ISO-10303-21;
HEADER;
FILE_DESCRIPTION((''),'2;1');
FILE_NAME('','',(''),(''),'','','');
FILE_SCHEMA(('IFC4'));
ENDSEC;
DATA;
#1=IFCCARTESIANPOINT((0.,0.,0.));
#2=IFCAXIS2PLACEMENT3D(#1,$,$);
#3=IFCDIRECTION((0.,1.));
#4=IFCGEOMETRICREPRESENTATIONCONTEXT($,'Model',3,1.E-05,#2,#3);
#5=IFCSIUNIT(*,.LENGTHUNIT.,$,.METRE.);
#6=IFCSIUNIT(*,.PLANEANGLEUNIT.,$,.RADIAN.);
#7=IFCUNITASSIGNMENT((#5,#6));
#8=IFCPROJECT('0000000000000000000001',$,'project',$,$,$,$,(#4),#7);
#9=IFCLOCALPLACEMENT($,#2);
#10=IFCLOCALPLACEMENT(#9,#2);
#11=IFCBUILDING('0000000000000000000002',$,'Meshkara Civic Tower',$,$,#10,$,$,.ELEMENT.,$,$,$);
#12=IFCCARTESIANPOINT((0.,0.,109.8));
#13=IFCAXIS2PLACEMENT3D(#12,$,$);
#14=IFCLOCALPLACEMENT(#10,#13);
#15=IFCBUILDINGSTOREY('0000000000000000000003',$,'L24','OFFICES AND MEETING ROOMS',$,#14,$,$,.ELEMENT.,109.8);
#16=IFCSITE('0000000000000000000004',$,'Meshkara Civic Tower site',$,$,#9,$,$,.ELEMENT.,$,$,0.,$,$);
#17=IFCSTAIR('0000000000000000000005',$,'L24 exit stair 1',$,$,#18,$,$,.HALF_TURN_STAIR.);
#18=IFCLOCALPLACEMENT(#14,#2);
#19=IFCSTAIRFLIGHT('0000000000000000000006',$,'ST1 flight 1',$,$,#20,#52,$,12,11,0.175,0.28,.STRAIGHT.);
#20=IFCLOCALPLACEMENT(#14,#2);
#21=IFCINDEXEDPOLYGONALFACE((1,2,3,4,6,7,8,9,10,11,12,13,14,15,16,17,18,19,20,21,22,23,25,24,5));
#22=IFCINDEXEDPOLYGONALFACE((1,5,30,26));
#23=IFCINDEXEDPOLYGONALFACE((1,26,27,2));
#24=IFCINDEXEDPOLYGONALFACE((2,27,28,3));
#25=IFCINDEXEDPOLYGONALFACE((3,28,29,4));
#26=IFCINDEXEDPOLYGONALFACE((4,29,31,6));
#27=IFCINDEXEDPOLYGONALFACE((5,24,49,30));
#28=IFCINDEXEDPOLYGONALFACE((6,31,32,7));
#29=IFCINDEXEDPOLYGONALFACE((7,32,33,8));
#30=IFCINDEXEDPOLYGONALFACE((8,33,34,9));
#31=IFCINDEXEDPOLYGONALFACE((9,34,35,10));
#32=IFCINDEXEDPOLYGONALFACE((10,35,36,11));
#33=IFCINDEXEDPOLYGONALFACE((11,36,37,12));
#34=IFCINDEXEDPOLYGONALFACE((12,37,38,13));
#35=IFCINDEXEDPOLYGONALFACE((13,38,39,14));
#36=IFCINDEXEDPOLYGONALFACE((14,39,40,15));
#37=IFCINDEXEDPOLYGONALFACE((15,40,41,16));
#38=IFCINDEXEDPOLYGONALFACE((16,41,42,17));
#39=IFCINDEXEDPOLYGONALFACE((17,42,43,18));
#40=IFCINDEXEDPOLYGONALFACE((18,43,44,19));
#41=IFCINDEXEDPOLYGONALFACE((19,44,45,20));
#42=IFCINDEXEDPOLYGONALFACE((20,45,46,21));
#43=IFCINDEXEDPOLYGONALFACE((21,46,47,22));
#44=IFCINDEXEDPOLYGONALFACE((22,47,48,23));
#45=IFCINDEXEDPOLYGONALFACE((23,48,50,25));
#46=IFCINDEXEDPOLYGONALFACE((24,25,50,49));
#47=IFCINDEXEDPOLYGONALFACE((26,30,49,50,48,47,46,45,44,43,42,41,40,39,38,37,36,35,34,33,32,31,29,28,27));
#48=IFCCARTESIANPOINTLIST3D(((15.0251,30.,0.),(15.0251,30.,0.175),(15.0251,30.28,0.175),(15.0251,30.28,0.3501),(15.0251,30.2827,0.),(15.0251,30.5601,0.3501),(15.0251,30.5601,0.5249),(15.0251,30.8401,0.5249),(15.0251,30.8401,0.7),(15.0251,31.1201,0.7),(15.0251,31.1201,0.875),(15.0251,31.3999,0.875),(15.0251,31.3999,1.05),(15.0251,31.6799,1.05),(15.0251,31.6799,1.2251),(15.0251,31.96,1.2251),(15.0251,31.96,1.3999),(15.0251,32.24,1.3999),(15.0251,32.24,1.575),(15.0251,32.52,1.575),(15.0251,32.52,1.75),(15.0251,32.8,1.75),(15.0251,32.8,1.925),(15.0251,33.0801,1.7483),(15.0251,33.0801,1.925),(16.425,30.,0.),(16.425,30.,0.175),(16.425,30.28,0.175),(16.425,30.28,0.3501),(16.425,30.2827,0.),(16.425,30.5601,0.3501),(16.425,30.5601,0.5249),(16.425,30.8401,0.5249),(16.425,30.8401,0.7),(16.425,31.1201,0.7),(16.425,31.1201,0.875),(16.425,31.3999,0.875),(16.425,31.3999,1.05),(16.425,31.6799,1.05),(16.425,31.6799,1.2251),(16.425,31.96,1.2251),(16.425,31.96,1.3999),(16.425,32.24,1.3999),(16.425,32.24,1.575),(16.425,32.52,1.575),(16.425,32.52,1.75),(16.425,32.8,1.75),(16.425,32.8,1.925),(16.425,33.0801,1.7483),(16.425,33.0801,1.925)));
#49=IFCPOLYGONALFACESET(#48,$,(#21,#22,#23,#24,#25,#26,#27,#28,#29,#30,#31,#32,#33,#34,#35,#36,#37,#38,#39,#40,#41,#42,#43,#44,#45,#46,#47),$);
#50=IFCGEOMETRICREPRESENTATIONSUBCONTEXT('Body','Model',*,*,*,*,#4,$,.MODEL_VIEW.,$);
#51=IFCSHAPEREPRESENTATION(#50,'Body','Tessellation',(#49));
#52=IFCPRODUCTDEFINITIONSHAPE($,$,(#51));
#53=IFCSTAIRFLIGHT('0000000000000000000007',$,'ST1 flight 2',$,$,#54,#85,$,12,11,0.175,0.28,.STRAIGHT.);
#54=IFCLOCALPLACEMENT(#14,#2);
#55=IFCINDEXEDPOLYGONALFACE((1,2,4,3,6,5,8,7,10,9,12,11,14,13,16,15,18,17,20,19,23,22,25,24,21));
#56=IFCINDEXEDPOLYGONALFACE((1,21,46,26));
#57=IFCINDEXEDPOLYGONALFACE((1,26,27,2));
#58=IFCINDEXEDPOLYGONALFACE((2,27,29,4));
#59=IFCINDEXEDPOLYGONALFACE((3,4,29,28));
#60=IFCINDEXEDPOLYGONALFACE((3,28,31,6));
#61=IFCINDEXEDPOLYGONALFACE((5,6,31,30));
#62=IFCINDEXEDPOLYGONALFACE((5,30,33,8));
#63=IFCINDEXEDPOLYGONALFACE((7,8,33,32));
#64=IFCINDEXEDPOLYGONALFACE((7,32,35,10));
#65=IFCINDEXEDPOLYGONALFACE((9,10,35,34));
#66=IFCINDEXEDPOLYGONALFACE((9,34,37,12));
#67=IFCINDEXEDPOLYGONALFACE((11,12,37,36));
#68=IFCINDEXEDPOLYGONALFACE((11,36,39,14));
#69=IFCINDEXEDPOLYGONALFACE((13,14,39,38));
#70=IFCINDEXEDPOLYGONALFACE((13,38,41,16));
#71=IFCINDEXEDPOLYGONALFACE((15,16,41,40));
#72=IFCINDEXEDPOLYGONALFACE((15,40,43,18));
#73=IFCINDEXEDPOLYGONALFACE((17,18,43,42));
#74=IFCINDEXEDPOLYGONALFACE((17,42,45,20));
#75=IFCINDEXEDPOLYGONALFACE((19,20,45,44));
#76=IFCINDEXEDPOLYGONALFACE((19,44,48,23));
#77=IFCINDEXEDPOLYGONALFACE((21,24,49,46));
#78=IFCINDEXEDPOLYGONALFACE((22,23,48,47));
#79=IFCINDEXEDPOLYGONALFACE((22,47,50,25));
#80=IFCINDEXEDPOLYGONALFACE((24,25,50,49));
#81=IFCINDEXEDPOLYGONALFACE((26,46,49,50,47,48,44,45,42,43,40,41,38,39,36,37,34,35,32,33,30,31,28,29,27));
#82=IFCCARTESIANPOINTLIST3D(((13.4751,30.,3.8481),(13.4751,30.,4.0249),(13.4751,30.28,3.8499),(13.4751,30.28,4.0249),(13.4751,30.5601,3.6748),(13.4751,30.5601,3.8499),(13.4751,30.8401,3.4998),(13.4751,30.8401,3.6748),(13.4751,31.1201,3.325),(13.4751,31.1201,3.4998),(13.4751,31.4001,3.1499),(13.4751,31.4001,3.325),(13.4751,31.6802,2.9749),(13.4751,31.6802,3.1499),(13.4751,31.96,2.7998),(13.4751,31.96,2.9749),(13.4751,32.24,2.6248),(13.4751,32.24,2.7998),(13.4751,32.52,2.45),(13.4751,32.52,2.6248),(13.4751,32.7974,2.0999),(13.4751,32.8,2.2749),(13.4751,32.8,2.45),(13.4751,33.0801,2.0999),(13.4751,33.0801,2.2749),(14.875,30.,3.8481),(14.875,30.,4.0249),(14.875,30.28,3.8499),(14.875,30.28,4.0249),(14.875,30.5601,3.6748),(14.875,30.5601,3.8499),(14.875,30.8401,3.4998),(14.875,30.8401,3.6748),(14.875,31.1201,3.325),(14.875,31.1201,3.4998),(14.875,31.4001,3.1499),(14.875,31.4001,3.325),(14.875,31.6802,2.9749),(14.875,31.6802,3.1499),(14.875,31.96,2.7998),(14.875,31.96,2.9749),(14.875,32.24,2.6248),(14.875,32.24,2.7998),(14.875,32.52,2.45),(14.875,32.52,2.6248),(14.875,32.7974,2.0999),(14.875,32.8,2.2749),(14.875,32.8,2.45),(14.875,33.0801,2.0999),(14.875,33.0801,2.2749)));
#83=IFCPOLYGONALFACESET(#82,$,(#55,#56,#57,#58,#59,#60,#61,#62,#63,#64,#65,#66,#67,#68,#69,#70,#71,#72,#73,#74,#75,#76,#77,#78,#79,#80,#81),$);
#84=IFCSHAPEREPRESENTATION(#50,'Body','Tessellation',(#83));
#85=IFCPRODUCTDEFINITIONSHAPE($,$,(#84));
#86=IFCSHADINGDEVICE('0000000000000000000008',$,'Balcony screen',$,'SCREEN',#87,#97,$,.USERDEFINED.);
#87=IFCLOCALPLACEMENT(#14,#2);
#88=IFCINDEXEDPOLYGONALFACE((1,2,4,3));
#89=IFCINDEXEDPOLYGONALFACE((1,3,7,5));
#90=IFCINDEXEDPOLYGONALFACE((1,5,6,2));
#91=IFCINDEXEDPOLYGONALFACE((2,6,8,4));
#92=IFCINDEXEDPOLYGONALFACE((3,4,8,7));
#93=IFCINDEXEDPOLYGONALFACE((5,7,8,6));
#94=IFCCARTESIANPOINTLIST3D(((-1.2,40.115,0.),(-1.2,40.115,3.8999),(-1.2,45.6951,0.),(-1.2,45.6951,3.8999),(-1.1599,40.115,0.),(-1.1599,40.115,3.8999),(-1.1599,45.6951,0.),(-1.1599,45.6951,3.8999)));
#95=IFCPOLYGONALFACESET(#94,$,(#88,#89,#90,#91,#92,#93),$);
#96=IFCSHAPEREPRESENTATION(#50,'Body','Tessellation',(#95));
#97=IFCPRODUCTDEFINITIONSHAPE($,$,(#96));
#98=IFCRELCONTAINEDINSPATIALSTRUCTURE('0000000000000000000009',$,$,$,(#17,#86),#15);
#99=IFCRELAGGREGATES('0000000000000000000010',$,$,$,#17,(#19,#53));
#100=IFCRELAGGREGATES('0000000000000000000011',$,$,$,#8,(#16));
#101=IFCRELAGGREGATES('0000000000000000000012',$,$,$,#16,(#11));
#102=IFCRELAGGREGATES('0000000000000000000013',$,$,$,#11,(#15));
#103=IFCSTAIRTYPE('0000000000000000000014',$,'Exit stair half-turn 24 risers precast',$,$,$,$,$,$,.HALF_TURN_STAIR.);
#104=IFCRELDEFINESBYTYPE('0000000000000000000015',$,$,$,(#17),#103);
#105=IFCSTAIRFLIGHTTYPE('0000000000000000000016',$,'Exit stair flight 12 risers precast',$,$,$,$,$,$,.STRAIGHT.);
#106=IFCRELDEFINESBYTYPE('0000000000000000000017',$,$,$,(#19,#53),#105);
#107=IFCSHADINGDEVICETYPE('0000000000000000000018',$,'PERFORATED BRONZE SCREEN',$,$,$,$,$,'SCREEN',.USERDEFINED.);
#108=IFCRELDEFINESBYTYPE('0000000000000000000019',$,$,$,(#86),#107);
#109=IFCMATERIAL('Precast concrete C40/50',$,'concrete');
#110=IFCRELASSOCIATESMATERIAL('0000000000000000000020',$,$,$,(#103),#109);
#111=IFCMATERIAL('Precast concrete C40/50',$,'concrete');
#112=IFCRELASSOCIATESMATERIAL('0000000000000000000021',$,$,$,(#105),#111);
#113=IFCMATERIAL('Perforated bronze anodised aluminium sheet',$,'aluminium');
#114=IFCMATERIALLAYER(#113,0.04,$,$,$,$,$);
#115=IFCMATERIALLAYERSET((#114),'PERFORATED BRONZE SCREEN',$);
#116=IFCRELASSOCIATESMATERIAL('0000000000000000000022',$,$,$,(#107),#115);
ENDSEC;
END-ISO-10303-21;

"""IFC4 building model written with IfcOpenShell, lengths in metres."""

from ifc_helpers import new_model, si_unit, direction, frame, origin, origin_2d, place, context, subcontext, project, spatial, polyline, rectangle, outline, extrude, material, layer, layer_set, type_object, element, aggregate, save


model = new_model("IFC4")

# Units and contexts
model_context = context("Model", 3, precision=1e-05, world=origin(), true_north=direction((0.0, 1.0)))
body_context = subcontext(model_context, "Body", "Model", "MODEL_VIEW")
ifc_project = project(units=[si_unit("LENGTHUNIT", "METRE"), si_unit("PLANEANGLEUNIT", "RADIAN")], contexts=[model_context])

# Site, building, storey
site_placement = place(None, origin())
site = spatial("IfcSite", under=ifc_project, at=site_placement, Name="Meshkara Civic Tower site", CompositionType="ELEMENT", RefElevation=0.0)
building_placement = place(site_placement, origin())
building = spatial("IfcBuilding", under=site, at=building_placement, Name="Meshkara Civic Tower", CompositionType="ELEMENT")
storey_placement = place(building_placement, frame((0.0, 0.0, 109.8)))
storey = spatial("IfcBuildingStorey", under=building, at=storey_placement, Name="L24", Description="OFFICES AND MEETING ROOMS", CompositionType="ELEMENT", Elevation=109.8)

# Stair, stair flights
ifc_material_1 = material(Name="Precast concrete C40/50", Category="concrete")
stair_type = type_object("IfcStairType", Name="Exit stair half-turn 24 risers precast", PredefinedType="HALF_TURN_STAIR", material=ifc_material_1)
stair_placement = place(storey_placement, origin())
stair = element("IfcStair", 1, at=stair_placement, inside=storey, type_object=stair_type, Name="L24 exit stair 1", PredefinedType="HALF_TURN_STAIR")
ifc_material_2 = material(Name="Precast concrete C40/50", Category="concrete")
stair_flight_type = type_object("IfcStairFlightType", Name="Exit stair flight 12 risers precast", PredefinedType="STRAIGHT", material=ifc_material_2)
stair_flight_1_placement = place(storey_placement, frame((15.7251, 30.0, 0.0), z_axis=(0.0, 0.0, 1.0), x_axis=(0.0, 1.0, 0.0)))
stair_flight_1 = element("IfcStairFlight", 2, at=stair_flight_1_placement, type_object=stair_flight_type, Name="ST1 flight 1", NumberOfRisers=12, NumberOfTreads=11, PredefinedType="STRAIGHT", RiserHeight=0.175, TreadLength=0.28, context=body_context, shape_type="SweptSolid", body=[
    extrude(outline(polyline([(0.0, 0.0), (0.0, 0.175), (0.28, 0.175), (0.28, 0.3501), (0.5601, 0.3501), (0.5601, 0.5249), (0.8401, 0.5249), (0.8401, 0.7), (1.1201, 0.7), (1.1201, 0.875), (1.3999, 0.875), (1.3999, 1.05), (1.6799, 1.05), (1.6799, 1.2251), (1.96, 1.2251), (1.96, 1.3999), (2.24, 1.3999), (2.24, 1.575), (2.52, 1.575), (2.52, 1.75), (2.8, 1.75), (2.8, 1.925), (3.0801, 1.925), (3.0801, 2.1001), (3.0801, 1.7483), (0.2827, 0.0), (0.0, 0.0)])), frame((0.0, 0.7, 0.0), z_axis=(0.0, -1.0, 0.0), x_axis=(1.0, 0.0, 0.0)), (0.0, 0.0, 1.0), 1.3999),
])
stair_flight_2_placement = place(storey_placement, frame((14.175, 33.0801, 2.0999), z_axis=(0.0, 0.0, 1.0), x_axis=(0.0, -1.0, 0.0)))
stair_flight_2 = element("IfcStairFlight", 3, at=stair_flight_2_placement, type_object=stair_flight_type, Name="ST1 flight 2", NumberOfRisers=12, NumberOfTreads=11, PredefinedType="STRAIGHT", RiserHeight=0.175, TreadLength=0.28, context=body_context, shape_type="SweptSolid", body=[
    extrude(outline(polyline([(0.0, 0.0), (0.0, 0.175), (0.28, 0.175), (0.28, 0.3501), (0.5601, 0.3501), (0.5601, 0.5249), (0.8401, 0.5249), (0.8401, 0.7), (1.1201, 0.7), (1.1201, 0.875), (1.3999, 0.875), (1.3999, 1.05), (1.6799, 1.05), (1.6799, 1.2251), (1.96, 1.2251), (1.96, 1.3999), (2.24, 1.3999), (2.24, 1.575), (2.52, 1.575), (2.52, 1.75), (2.8, 1.75), (2.8, 1.925), (3.0801, 1.925), (3.0801, 2.1001), (3.0801, 1.7483), (0.2827, 0.0), (0.0, 0.0)])), frame((0.0, 0.7, 0.0), z_axis=(0.0, -1.0, 0.0), x_axis=(1.0, 0.0, 0.0)), (0.0, 0.0, 1.0), 1.3999),
])
aggregate(stair, [stair_flight_1, stair_flight_2])

# Shading device
ifc_material_3 = material(Name="Perforated bronze anodised aluminium sheet", Category="aluminium")
ifc_layer_1 = layer(ifc_material_3, 0.04)
ifc_layer_set_1 = layer_set([ifc_layer_1], Name="PERFORATED BRONZE SCREEN")
shading_device_type = type_object("IfcShadingDeviceType", Name="PERFORATED BRONZE SCREEN", ElementType="SCREEN", PredefinedType="USERDEFINED", material=ifc_layer_set_1)
shading_device_placement = place(storey_placement, frame((-1.1799, 42.905, 0.0), z_axis=(0.0, 0.0, 1.0), x_axis=(0.0, -1.0, 0.0)))
element("IfcShadingDevice", 4, at=shading_device_placement, inside=storey, type_object=shading_device_type, Name="Balcony screen", ObjectType="SCREEN", PredefinedType="USERDEFINED", context=body_context, shape_type="SweptSolid", body=[
    extrude(rectangle(XDim=5.5801, YDim=0.04, at=origin_2d()), origin(), (0.0, 0.0, 1.0), 3.8999),
])

save(model, "model.ifc")
